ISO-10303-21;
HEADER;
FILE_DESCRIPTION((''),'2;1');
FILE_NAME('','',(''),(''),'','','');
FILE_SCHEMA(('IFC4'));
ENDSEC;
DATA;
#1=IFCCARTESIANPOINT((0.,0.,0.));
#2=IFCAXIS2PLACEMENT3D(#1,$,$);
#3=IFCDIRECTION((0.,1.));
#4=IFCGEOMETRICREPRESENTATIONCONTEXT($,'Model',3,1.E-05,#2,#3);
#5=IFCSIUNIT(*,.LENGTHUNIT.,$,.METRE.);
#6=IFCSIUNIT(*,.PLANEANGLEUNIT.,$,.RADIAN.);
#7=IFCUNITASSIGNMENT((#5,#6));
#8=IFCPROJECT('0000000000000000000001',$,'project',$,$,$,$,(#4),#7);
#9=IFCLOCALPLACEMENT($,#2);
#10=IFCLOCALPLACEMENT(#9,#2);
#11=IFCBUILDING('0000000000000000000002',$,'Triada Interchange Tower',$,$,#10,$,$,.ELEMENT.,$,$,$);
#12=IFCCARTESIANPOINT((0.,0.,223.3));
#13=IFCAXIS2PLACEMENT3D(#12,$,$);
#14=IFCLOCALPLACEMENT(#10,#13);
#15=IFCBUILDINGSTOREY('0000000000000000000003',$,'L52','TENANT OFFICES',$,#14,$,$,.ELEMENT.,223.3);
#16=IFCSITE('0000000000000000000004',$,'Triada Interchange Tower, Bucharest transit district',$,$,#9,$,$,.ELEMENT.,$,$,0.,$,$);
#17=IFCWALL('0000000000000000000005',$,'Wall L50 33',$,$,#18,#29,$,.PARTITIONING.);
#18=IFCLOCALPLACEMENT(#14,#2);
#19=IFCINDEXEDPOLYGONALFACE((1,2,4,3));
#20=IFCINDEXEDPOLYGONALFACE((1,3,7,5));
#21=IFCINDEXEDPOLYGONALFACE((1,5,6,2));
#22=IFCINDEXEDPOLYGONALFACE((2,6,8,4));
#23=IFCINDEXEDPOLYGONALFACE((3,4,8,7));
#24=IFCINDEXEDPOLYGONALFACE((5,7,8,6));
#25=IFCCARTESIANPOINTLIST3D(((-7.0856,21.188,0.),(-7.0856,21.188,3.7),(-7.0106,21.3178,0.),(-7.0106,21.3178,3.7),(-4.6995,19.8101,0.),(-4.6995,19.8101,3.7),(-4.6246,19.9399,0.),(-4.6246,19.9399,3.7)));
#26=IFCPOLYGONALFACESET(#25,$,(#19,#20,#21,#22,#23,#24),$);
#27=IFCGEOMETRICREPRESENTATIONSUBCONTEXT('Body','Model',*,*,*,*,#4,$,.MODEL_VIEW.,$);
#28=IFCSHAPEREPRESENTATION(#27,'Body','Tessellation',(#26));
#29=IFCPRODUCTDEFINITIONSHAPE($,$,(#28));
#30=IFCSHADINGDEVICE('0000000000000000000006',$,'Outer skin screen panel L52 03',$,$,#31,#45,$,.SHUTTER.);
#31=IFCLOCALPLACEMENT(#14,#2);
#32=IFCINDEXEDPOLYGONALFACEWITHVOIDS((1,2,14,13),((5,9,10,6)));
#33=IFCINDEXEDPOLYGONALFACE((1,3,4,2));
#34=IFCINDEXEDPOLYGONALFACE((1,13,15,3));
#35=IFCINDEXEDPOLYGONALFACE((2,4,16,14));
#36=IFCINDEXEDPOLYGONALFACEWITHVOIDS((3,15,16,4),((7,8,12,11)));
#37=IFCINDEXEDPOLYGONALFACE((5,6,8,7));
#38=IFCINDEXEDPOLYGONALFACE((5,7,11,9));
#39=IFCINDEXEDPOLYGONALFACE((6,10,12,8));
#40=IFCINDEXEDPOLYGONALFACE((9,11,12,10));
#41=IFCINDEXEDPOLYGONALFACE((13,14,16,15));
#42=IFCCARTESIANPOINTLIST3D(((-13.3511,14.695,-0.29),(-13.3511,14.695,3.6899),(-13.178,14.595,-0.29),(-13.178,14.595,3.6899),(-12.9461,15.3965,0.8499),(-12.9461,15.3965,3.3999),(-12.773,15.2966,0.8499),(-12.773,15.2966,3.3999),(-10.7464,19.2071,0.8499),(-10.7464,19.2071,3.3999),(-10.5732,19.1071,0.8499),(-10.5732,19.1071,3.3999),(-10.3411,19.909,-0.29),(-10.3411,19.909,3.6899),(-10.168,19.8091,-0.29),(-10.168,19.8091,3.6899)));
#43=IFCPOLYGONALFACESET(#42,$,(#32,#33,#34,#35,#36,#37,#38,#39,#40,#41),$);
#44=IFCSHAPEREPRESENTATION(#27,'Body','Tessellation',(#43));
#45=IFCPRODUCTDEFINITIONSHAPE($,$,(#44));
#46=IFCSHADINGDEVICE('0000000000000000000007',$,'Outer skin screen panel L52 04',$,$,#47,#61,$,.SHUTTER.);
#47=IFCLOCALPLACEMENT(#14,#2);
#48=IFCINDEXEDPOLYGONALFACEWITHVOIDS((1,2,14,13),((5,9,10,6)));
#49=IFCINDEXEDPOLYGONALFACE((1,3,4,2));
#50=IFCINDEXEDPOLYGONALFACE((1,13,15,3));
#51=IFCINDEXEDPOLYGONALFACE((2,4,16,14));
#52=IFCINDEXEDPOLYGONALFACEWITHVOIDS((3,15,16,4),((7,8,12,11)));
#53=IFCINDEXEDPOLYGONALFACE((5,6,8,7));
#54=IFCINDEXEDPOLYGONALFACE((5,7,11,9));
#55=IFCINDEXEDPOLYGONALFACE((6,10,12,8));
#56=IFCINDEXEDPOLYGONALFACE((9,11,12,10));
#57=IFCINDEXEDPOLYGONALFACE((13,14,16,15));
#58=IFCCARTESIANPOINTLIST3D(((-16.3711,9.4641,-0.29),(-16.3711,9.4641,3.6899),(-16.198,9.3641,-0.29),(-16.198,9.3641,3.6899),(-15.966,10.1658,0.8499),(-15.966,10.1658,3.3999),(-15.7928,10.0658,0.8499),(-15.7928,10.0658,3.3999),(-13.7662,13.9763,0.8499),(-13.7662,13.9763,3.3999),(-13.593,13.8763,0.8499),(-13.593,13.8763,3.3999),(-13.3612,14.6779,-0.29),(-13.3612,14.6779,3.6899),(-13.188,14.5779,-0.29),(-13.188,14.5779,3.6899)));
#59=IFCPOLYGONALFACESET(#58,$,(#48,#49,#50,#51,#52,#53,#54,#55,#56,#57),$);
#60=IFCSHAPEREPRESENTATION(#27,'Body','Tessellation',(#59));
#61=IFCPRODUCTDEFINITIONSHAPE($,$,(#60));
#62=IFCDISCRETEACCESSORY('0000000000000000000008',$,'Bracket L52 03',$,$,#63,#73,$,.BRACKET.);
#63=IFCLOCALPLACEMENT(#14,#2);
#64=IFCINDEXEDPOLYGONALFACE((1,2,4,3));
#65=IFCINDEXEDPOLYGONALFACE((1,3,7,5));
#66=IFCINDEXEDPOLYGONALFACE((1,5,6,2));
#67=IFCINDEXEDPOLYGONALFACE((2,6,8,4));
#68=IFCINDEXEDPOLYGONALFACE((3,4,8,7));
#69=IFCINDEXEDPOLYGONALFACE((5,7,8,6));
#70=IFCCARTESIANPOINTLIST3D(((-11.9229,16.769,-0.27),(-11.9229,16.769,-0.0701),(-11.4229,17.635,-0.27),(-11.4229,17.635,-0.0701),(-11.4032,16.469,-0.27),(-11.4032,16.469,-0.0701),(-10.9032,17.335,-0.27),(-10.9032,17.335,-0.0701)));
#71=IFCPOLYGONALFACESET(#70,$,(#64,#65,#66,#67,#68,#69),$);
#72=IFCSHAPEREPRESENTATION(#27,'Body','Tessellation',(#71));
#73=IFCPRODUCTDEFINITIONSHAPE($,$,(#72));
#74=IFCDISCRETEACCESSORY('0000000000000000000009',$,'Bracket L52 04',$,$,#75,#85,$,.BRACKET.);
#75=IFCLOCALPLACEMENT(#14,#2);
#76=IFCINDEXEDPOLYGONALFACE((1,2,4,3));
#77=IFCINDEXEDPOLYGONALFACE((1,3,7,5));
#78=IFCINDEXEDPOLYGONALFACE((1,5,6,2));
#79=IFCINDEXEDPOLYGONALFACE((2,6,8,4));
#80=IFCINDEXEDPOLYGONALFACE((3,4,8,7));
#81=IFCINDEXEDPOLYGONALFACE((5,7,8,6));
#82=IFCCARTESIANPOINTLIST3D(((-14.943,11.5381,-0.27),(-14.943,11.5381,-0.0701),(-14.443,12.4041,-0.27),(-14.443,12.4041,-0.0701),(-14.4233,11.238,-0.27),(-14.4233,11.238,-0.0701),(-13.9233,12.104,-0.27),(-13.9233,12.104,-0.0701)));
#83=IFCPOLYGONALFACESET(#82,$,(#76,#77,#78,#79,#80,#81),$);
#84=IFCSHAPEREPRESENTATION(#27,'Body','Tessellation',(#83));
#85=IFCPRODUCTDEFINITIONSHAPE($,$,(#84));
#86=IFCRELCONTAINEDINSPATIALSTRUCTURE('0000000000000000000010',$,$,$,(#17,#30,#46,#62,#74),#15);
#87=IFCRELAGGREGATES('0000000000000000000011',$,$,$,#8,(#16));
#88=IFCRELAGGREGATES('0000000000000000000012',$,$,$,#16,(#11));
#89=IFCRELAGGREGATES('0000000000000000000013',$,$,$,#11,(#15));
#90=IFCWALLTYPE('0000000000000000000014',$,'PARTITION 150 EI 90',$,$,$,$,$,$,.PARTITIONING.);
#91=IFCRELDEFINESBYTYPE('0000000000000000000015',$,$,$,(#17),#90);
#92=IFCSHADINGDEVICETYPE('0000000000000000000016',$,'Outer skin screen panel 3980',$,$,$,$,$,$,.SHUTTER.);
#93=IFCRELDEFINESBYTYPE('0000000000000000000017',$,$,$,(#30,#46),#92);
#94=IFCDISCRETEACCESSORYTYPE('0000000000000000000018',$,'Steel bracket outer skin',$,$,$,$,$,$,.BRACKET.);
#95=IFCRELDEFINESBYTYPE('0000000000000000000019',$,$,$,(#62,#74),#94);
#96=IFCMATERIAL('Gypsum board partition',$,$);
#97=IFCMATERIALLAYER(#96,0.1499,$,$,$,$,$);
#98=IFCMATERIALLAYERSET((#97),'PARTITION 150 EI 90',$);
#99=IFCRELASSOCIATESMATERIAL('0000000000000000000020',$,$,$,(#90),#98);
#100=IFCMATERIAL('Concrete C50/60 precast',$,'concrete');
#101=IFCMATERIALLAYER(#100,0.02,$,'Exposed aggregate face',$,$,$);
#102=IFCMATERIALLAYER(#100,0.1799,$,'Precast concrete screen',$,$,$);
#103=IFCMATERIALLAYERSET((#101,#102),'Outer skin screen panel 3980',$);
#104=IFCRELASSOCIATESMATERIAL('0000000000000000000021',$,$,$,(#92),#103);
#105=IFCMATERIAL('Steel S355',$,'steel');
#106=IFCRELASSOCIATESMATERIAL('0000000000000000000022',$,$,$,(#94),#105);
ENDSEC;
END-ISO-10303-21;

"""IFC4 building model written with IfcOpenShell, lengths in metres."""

from ifc_helpers import new_model, si_unit, direction, frame, frame_2d, origin, origin_2d, place, context, subcontext, project, spatial, polyline, rectangle, outline, extrude, material, layer, layer_set, type_object, element, save


model = new_model("IFC4")

# Units and contexts
model_context = context("Model", 3, precision=1e-05, world=origin(), true_north=direction((0.0, 1.0)))
body_context = subcontext(model_context, "Body", "Model", "MODEL_VIEW")
ifc_project = project(units=[si_unit("LENGTHUNIT", "METRE"), si_unit("PLANEANGLEUNIT", "RADIAN")], contexts=[model_context])

# Site, building, storey
site_placement = place(None, origin())
site = spatial("IfcSite", under=ifc_project, at=site_placement, Name="Triada Interchange Tower, Bucharest transit district", CompositionType="ELEMENT", RefElevation=0.0)
building_placement = place(site_placement, origin())
building = spatial("IfcBuilding", under=site, at=building_placement, Name="Triada Interchange Tower", CompositionType="ELEMENT")
storey_placement = place(building_placement, frame((0.0, 0.0, 223.3)))
storey = spatial("IfcBuildingStorey", under=building, at=storey_placement, Name="L52", Description="TENANT OFFICES", CompositionType="ELEMENT", Elevation=223.3)

# Shared definitions
ifc_material_1 = material(Name="Gypsum board partition")
ifc_layer_1 = layer(ifc_material_1, 0.1499)
ifc_layer_set_1 = layer_set([ifc_layer_1], Name="PARTITION 150 EI 90")
wall_type_1 = type_object("IfcWallType", Name="PARTITION 150 EI 90", PredefinedType="PARTITIONING", material=ifc_layer_set_1)

# Wall
wall_1_placement = place(storey_placement, frame((-7.0481, 21.2529, 0.0), z_axis=(0.0, 0.0, 1.0), x_axis=(0.865966, -0.500103, 0.0)))
element("IfcWall", 1, at=wall_1_placement, inside=storey, type_object=wall_type_1, Name="Wall L50 33", PredefinedType="PARTITIONING", context=body_context, shape_type="SweptSolid", body=[
    extrude(rectangle(XDim=2.7554, YDim=0.1499, at=frame_2d((1.3777, 0.0))), origin(), (0.0, 0.0, 1.0), 3.7),
])

# Shading devices
ifc_material_2 = material(Name="Concrete C50/60 precast", Category="concrete")
ifc_layer_2 = layer(ifc_material_2, 0.02, Name="Exposed aggregate face")
ifc_layer_3 = layer(ifc_material_2, 0.1799, Name="Precast concrete screen")
ifc_layer_set_2 = layer_set([ifc_layer_2, ifc_layer_3], Name="Outer skin screen panel 3980")
shading_device_type = type_object("IfcShadingDeviceType", Name="Outer skin screen panel 3980", PredefinedType="SHUTTER", material=ifc_layer_set_2)
shading_device_1_placement = place(storey_placement, frame((-10.168, 19.8091, -0.29), z_axis=(0.0, 0.0, 1.0), x_axis=(-0.499955, -0.866051, 0.0)))
element("IfcShadingDevice", 2, at=shading_device_1_placement, inside=storey, type_object=shading_device_type, Name="Outer skin screen panel L52 03", PredefinedType="SHUTTER", context=body_context, shape_type="SweptSolid", body=[
    extrude(outline(polyline([(0.0, 0.0), (6.0205, 0.0), (6.0205, 3.98), (0.0, 3.98), (0.0, 0.0)]), holes=[polyline([(0.8105, 1.1399), (0.8105, 3.6899), (5.2104, 3.6899), (5.2104, 1.1399), (0.8105, 1.1399)])]), frame((0.0, 0.0, 0.0), z_axis=(0.0, -1.0, 0.0), x_axis=(1.0, 0.0, 0.0)), (0.0, 0.0, 1.0), 0.2),
])
shading_device_2_placement = place(storey_placement, frame((-13.188, 14.5779, -0.29), z_axis=(0.0, 0.0, 1.0), x_axis=(-0.499973, -0.866041, 0.0)))
element("IfcShadingDevice", 3, at=shading_device_2_placement, inside=storey, type_object=shading_device_type, Name="Outer skin screen panel L52 04", PredefinedType="SHUTTER", context=body_context, shape_type="SweptSolid", body=[
    extrude(outline(polyline([(0.0, 0.0), (6.0203, 0.0), (6.0203, 3.98), (0.0, 3.98), (0.0, 0.0)]), holes=[polyline([(0.8101, 1.1399), (0.8101, 3.6899), (5.21, 3.6899), (5.21, 1.1399), (0.8101, 1.1399)])]), frame((0.0, 0.0, 0.0), z_axis=(0.0, -1.0, 0.0), x_axis=(1.0, 0.0, 0.0)), (0.0, 0.0, 1.0), 0.2),
])

# Discrete accessories
ifc_material_3 = material(Name="Steel S355", Category="steel")
discrete_accessory_type = type_object("IfcDiscreteAccessoryType", Name="Steel bracket outer skin", PredefinedType="BRACKET", material=ifc_material_3)
for number, where, z_axis, x_axis, name in (
    (4, (-11.4131, 17.052, -0.27), (0.0, 0.0, 1.0), (-0.866025, 0.500001, 0.0), "Bracket L52 03"),
    (5, (-14.4331, 11.821, -0.27), (0.0, 0.0, 1.0), (-0.866025, 0.500001, 0.0), "Bracket L52 04"),
):
    element("IfcDiscreteAccessory", number, at=place(storey_placement, frame(where, z_axis=z_axis, x_axis=x_axis)), inside=storey, type_object=discrete_accessory_type, Name=name, PredefinedType="BRACKET", context=body_context, shape_type="SweptSolid", body=[
        extrude(rectangle(XDim=0.6001, YDim=1.0, at=origin_2d()), origin(), (0.0, 0.0, 1.0), 0.2),
    ])

save(model, "model.ifc")
